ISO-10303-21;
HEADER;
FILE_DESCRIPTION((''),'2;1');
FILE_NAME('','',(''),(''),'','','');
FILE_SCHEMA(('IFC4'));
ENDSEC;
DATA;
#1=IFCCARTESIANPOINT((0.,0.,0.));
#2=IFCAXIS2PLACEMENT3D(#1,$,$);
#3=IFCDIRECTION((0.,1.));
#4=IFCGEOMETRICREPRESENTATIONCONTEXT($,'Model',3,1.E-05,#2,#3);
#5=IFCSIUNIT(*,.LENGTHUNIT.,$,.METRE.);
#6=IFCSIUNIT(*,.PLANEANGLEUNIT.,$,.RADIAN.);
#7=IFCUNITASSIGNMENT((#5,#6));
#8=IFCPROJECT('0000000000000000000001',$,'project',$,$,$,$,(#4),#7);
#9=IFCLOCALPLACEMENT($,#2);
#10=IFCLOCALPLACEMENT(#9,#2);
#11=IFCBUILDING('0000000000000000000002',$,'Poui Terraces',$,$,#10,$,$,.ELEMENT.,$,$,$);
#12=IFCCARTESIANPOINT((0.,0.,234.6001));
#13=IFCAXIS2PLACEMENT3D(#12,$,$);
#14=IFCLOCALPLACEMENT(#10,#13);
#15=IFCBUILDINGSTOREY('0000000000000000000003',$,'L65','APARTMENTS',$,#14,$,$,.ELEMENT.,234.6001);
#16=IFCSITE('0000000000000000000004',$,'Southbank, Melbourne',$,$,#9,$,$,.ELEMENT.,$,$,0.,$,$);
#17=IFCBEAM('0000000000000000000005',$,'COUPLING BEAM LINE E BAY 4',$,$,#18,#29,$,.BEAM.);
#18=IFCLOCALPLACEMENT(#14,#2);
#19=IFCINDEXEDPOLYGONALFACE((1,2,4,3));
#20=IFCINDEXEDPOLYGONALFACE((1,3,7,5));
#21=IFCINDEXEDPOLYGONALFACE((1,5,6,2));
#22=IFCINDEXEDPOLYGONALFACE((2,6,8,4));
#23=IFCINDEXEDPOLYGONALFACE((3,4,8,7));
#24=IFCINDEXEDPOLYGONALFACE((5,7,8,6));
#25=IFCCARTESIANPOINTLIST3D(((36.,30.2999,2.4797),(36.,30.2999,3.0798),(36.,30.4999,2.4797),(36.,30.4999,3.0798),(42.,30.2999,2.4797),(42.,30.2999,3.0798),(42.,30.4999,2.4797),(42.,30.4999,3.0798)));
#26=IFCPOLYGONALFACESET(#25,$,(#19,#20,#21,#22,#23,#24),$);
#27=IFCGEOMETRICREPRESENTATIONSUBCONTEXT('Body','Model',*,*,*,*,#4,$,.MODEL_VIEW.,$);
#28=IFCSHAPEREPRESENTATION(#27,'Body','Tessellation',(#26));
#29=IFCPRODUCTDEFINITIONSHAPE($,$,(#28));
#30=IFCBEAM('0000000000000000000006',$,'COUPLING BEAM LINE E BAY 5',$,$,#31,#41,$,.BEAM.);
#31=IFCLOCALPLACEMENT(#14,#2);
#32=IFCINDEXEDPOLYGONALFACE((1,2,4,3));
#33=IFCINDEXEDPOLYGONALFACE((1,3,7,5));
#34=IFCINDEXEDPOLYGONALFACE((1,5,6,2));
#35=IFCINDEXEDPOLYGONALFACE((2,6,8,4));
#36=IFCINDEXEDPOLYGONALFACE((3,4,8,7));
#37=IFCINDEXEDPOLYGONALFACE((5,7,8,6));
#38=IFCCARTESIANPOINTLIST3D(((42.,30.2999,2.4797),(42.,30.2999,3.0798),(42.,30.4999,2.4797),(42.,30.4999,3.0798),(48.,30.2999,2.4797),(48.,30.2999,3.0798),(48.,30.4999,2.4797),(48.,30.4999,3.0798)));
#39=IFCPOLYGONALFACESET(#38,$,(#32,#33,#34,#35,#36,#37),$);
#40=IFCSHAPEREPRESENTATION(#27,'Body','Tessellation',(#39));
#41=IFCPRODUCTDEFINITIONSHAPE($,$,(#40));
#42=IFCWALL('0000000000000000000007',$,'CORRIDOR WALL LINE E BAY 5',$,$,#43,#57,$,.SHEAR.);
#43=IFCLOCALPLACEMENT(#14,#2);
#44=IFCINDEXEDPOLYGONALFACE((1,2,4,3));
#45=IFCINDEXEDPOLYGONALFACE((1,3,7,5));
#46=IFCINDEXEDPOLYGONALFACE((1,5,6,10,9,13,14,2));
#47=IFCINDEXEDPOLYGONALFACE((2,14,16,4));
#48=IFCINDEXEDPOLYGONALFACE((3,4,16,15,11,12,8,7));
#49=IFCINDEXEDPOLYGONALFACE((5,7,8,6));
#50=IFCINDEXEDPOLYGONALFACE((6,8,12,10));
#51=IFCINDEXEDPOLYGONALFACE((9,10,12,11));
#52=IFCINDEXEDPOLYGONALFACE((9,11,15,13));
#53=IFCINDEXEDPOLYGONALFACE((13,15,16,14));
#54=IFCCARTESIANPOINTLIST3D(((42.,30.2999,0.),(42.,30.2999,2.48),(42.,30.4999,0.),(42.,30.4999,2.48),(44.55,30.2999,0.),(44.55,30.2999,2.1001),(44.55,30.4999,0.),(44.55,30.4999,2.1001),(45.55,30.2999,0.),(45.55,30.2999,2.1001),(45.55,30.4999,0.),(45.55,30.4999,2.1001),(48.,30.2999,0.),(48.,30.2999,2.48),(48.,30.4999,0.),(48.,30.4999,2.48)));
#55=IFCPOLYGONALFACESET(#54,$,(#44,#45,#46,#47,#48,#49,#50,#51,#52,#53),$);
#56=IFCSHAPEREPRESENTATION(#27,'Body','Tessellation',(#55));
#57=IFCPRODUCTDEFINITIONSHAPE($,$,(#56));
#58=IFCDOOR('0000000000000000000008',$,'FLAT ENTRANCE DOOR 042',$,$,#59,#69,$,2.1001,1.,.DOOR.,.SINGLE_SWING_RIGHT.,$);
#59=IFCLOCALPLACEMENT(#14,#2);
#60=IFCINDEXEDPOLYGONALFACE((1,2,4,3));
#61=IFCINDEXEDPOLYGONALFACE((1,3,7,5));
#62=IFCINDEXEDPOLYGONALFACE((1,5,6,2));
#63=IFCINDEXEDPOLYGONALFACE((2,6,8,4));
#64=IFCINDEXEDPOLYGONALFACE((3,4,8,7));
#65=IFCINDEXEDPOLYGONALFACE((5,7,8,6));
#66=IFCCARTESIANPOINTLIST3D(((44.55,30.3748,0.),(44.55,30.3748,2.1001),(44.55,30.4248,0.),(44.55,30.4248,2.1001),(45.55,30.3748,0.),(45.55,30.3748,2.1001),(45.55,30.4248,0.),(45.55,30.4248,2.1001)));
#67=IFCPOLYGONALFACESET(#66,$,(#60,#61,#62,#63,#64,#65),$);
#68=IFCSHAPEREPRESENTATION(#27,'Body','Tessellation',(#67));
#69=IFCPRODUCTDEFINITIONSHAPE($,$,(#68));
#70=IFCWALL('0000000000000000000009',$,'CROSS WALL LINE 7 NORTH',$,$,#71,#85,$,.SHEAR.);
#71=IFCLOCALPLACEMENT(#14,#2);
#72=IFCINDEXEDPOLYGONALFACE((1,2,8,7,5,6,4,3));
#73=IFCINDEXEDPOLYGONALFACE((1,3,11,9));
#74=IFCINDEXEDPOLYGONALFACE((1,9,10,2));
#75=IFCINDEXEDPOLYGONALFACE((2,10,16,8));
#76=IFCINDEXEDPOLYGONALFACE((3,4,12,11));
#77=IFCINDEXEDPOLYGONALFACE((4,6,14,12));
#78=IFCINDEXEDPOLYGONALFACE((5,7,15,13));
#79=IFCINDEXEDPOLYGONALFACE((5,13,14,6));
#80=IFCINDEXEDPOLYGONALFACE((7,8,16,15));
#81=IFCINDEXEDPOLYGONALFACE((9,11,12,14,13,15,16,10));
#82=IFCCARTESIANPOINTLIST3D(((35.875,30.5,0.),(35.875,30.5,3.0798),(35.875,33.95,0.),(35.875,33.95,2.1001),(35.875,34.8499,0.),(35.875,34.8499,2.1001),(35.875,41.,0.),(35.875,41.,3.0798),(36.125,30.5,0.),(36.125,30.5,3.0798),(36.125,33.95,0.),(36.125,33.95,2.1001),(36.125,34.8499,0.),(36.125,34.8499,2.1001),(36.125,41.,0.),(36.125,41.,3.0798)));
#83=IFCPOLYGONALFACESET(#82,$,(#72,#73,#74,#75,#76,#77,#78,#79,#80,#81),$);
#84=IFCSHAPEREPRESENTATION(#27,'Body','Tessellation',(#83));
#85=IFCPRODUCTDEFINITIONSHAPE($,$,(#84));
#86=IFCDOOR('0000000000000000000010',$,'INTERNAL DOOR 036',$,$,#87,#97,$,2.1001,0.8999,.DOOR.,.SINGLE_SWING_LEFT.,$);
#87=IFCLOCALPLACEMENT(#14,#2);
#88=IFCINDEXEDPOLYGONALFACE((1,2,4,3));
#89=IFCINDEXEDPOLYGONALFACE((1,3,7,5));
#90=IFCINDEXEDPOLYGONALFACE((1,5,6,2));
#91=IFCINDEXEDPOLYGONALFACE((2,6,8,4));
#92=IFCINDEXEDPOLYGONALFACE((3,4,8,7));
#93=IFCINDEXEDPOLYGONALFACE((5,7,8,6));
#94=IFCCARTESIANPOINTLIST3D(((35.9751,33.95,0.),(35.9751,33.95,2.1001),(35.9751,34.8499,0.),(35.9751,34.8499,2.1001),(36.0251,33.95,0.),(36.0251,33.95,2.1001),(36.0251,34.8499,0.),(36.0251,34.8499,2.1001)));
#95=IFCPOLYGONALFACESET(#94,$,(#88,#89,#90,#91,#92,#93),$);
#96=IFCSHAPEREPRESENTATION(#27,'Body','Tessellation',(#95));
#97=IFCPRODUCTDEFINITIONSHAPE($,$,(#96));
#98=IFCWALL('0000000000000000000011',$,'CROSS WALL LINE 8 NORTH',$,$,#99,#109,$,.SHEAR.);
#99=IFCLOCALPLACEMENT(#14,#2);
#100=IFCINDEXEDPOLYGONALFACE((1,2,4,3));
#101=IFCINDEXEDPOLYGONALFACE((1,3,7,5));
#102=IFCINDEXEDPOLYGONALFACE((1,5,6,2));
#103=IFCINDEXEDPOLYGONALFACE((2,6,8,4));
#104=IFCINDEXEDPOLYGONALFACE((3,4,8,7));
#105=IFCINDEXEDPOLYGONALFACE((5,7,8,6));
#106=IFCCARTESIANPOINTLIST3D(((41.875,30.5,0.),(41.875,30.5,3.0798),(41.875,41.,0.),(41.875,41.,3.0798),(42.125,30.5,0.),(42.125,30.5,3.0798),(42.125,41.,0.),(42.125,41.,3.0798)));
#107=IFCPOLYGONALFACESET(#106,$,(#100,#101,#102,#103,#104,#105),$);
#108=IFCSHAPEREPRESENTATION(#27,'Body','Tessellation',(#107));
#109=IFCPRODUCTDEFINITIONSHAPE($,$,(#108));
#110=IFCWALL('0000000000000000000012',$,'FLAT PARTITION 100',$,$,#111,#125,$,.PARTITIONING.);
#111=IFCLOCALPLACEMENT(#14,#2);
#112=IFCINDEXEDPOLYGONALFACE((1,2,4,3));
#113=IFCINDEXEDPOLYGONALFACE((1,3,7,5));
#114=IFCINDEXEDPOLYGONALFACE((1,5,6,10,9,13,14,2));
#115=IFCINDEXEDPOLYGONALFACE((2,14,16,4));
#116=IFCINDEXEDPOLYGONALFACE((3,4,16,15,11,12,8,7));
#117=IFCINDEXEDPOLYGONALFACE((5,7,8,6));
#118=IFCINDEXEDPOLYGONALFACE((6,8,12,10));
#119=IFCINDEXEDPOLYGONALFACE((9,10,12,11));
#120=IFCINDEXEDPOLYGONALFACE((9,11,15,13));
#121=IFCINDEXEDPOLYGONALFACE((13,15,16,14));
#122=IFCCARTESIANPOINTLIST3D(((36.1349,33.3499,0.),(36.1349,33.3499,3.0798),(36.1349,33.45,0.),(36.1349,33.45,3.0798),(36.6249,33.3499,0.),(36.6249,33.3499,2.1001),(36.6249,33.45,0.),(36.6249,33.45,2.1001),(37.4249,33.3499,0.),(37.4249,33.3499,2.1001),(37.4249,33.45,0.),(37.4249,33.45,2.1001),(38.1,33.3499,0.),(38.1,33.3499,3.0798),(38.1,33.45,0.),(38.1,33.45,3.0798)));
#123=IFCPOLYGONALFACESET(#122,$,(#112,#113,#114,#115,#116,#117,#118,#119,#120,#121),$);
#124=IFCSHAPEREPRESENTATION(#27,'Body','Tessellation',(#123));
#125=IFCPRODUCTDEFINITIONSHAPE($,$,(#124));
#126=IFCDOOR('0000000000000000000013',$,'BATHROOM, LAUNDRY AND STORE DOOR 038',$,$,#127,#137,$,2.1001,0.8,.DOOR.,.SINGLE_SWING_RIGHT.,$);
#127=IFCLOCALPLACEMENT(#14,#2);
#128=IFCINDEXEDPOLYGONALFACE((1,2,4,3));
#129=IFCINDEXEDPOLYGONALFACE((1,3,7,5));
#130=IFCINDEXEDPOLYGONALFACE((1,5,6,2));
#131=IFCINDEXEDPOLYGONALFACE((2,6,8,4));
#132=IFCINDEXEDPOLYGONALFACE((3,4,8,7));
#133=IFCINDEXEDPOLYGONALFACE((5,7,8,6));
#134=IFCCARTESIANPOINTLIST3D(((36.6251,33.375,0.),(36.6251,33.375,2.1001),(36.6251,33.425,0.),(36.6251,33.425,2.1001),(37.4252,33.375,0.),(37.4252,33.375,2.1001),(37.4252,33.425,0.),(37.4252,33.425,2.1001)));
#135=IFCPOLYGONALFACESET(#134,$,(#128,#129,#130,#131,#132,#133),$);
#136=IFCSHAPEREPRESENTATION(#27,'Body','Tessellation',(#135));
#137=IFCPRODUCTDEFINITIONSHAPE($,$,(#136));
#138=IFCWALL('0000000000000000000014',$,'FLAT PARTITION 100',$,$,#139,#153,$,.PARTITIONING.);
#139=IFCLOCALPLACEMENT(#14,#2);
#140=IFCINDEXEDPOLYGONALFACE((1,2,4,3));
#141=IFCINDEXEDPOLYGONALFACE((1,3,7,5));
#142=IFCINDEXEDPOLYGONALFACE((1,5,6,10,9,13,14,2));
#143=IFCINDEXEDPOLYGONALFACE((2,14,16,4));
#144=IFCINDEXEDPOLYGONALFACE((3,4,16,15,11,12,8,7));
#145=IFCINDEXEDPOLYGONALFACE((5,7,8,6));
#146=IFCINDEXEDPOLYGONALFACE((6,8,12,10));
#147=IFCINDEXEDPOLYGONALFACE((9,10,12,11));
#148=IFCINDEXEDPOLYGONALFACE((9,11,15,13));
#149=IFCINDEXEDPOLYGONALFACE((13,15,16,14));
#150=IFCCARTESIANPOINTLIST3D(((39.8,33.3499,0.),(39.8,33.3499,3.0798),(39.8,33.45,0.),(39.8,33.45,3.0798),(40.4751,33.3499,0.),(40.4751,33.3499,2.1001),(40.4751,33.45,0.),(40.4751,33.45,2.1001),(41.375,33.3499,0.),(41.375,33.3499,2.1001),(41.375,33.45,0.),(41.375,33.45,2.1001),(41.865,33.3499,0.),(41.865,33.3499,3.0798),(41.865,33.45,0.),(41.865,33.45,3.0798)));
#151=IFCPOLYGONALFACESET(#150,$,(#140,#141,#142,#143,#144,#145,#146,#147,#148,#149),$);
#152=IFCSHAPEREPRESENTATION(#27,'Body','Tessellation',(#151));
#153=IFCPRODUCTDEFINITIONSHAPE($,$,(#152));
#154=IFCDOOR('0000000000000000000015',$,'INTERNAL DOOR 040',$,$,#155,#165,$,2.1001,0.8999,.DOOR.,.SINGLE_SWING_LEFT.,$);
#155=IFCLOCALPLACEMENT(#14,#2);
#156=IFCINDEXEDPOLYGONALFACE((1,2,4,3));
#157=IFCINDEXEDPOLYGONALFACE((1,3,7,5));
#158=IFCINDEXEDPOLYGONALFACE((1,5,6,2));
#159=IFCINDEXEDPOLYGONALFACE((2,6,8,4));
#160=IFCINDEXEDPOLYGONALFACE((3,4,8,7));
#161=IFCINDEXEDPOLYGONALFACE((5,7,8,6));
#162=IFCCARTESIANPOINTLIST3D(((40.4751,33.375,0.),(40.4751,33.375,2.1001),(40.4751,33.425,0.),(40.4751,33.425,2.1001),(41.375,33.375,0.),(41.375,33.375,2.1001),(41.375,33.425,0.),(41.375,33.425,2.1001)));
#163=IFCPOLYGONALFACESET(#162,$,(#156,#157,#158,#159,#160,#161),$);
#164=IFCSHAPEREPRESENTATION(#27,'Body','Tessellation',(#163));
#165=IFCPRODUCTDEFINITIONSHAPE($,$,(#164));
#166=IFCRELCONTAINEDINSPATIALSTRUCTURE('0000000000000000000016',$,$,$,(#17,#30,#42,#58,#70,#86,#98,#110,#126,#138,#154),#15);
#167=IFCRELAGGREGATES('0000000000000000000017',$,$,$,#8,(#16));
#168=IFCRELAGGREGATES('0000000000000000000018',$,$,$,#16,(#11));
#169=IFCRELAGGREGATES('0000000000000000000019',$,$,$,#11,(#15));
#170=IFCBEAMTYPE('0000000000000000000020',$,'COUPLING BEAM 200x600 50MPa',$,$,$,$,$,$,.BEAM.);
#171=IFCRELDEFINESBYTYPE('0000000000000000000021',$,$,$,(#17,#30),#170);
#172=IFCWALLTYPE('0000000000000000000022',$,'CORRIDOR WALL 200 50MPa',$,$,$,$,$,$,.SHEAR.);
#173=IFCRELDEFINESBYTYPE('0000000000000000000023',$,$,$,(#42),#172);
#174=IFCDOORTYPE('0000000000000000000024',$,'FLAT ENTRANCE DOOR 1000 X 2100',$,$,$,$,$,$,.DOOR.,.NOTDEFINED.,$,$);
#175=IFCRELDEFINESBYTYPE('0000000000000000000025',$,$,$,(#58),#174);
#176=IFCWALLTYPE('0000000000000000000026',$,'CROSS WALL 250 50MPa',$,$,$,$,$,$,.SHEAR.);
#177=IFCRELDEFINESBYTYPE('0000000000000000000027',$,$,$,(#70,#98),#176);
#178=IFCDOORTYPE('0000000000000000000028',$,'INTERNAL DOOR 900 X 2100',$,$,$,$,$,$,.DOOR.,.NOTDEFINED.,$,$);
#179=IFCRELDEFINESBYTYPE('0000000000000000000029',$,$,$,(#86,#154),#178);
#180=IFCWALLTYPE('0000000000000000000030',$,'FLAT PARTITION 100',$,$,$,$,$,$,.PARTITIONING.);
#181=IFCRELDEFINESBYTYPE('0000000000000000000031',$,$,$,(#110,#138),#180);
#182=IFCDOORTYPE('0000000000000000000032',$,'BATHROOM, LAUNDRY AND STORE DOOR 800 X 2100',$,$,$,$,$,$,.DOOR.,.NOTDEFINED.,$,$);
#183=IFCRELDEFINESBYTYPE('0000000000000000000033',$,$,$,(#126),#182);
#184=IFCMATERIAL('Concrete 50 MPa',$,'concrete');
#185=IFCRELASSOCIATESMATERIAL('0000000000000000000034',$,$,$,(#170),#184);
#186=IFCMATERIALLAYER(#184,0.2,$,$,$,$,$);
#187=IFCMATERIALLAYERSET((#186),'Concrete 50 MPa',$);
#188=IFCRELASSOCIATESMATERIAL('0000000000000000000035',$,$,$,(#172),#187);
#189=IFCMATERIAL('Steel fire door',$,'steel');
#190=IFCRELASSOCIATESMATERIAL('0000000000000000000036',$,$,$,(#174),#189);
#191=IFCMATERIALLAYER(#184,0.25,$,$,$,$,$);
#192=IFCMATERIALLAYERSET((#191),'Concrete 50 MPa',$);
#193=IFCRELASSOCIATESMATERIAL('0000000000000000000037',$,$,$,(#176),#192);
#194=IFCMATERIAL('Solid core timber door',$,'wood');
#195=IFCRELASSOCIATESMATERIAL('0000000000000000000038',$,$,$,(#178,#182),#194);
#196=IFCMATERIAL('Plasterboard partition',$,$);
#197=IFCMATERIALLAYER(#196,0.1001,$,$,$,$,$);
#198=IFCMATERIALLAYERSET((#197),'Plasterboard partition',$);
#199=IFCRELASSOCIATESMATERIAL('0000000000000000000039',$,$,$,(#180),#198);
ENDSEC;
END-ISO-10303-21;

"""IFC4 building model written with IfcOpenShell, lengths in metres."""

from ifc_helpers import new_model, si_unit, direction, frame, frame_2d, origin, origin_2d, place, context, subcontext, project, spatial, rectangle, extrude, source, transform, mapped, material, layer, layer_set, material_profile, profile_set, type_object, element, fill, save


model = new_model("IFC4")

# Units and contexts
model_context = context("Model", 3, precision=1e-05, world=origin(), true_north=direction((0.0, 1.0)))
body_context = subcontext(model_context, "Body", "Model", "MODEL_VIEW")
ifc_project = project(units=[si_unit("LENGTHUNIT", "METRE"), si_unit("PLANEANGLEUNIT", "RADIAN")], contexts=[model_context])

# Site, building, storey
site_placement = place(None, origin())
site = spatial("IfcSite", under=ifc_project, at=site_placement, Name="Southbank, Melbourne", CompositionType="ELEMENT", RefElevation=0.0)
building_placement = place(site_placement, origin())
building = spatial("IfcBuilding", under=site, at=building_placement, Name="Poui Terraces", CompositionType="ELEMENT")
storey_placement = place(building_placement, frame((0.0, 0.0, 234.6001)))
storey = spatial("IfcBuildingStorey", under=building, at=storey_placement, Name="L65", Description="APARTMENTS", CompositionType="ELEMENT", Elevation=234.6001)

# Beams
ifc_material_1 = material(Name="Concrete 50 MPa", Category="concrete")
ifc_material_profile_1 = material_profile(ifc_material_1, rectangle(XDim=0.2, YDim=0.6001, at=origin_2d()), Name="RC 200x600")
ifc_profile_set_1 = profile_set([ifc_material_profile_1], Name="Concrete 50 MPa")
beam_type = type_object("IfcBeamType", Name="COUPLING BEAM 200x600 50MPa", PredefinedType="BEAM", material=ifc_profile_set_1)
shared_shape_1 = source(origin(), body_context, "Body", "SweptSolid", [
    extrude(rectangle(XDim=0.2, YDim=0.6001, at=origin_2d()), origin(), (0.0, 0.0, 1.0), 6.0),
])
for number, where, z_axis, x_axis, name in (
    (1, (36.0, 30.3999, 2.7798), (1.0, 0.0, 0.0), (0.0, 1.0, 0.0), "COUPLING BEAM LINE E BAY 4"),
    (2, (42.0, 30.3999, 2.7798), (1.0, 0.0, 0.0), (0.0, 1.0, 0.0), "COUPLING BEAM LINE E BAY 5"),
):
    element("IfcBeam", number, at=place(storey_placement, frame(where, z_axis=z_axis, x_axis=x_axis)), inside=storey, type_object=beam_type, Name=name, PredefinedType="BEAM", context=body_context, shape_type="MappedRepresentation", body=[
        mapped(shared_shape_1, transform((0.0, 0.0, 0.0))),
    ])

# Walls, openings, doors
ifc_layer_1 = layer(ifc_material_1, 0.2)
ifc_layer_set_1 = layer_set([ifc_layer_1], Name="Concrete 50 MPa")
wall_type_1 = type_object("IfcWallType", Name="CORRIDOR WALL 200 50MPa", PredefinedType="SHEAR", material=ifc_layer_set_1)
wall_1_placement = place(storey_placement, frame((42.0, 30.3999, 0.0), z_axis=(0.0, 0.0, 1.0), x_axis=(1.0, 0.0, 0.0)))
wall_1 = element("IfcWall", 3, at=wall_1_placement, inside=storey, type_object=wall_type_1, Name="CORRIDOR WALL LINE E BAY 5", PredefinedType="SHEAR", context=body_context, shape_type="SweptSolid", body=[
    extrude(rectangle(XDim=6.0, YDim=0.2, at=frame_2d((3.0, 0.0))), origin(), (0.0, 0.0, 1.0), 2.48),
])
opening_1_placement = place(wall_1_placement, frame((2.55, 0.0, 0.0)))
opening_1 = element("IfcOpeningElement", 4, at=opening_1_placement, cuts=wall_1, PredefinedType="OPENING", context=body_context, shape_type="SweptSolid", body=[
    extrude(rectangle(XDim=1.0, YDim=2.1001, at=frame_2d((0.5, 1.05))), frame((0.0, 0.1099, 0.0), z_axis=(0.0, -1.0, 0.0), x_axis=(1.0, 0.0, 0.0)), (0.0, 0.0, 1.0), 0.22),
])
ifc_material_2 = material(Name="Steel fire door", Category="steel")
door_type_1 = type_object("IfcDoorType", Name="FLAT ENTRANCE DOOR 1000 X 2100", OperationType="NOTDEFINED", PredefinedType="DOOR", material=ifc_material_2)
door_1_placement = place(opening_1_placement, origin())
door_1 = element("IfcDoor", 5, at=door_1_placement, inside=storey, type_object=door_type_1, Name="FLAT ENTRANCE DOOR 042", OperationType="SINGLE_SWING_RIGHT", OverallHeight=2.1001, OverallWidth=1.0, PredefinedType="DOOR", context=body_context, shape_type="SweptSolid", body=[
    extrude(rectangle(XDim=1.0, YDim=2.1001, at=frame_2d((0.5, 1.05))), frame((0.0, 0.0249, 0.0), z_axis=(0.0, -1.0, 0.0), x_axis=(1.0, 0.0, 0.0)), (0.0, 0.0, 1.0), 0.05),
])
fill(opening_1, door_1)
ifc_layer_2 = layer(ifc_material_1, 0.25)
ifc_layer_set_2 = layer_set([ifc_layer_2], Name="Concrete 50 MPa")
wall_type_2 = type_object("IfcWallType", Name="CROSS WALL 250 50MPa", PredefinedType="SHEAR", material=ifc_layer_set_2)
wall_2_placement = place(storey_placement, frame((36.0, 30.5, 0.0), z_axis=(0.0, 0.0, 1.0), x_axis=(0.0, 1.0, 0.0)))
wall_2 = element("IfcWall", 6, at=wall_2_placement, inside=storey, type_object=wall_type_2, Name="CROSS WALL LINE 7 NORTH", PredefinedType="SHEAR", context=body_context, shape_type="SweptSolid", body=[
    extrude(rectangle(XDim=10.5, YDim=0.25, at=frame_2d((5.25, 0.0))), origin(), (0.0, 0.0, 1.0), 3.0798),
])
opening_2_placement = place(wall_2_placement, frame((3.45, 0.0, 0.0)))
opening_2 = element("IfcOpeningElement", 7, at=opening_2_placement, cuts=wall_2, PredefinedType="OPENING", context=body_context, shape_type="SweptSolid", body=[
    extrude(rectangle(XDim=0.8999, YDim=2.1001, at=frame_2d((0.45, 1.05))), frame((0.0, 0.135, 0.0), z_axis=(0.0, -1.0, 0.0), x_axis=(1.0, 0.0, 0.0)), (0.0, 0.0, 1.0), 0.27),
])
ifc_material_3 = material(Name="Solid core timber door", Category="wood")
door_type_2 = type_object("IfcDoorType", Name="INTERNAL DOOR 900 X 2100", OperationType="NOTDEFINED", PredefinedType="DOOR", material=ifc_material_3)
door_2_placement = place(opening_2_placement, origin())
door_2 = element("IfcDoor", 8, at=door_2_placement, inside=storey, type_object=door_type_2, Name="INTERNAL DOOR 036", OperationType="SINGLE_SWING_LEFT", OverallHeight=2.1001, OverallWidth=0.8999, PredefinedType="DOOR", context=body_context, shape_type="SweptSolid", body=[
    extrude(rectangle(XDim=0.8999, YDim=2.1001, at=frame_2d((0.45, 1.05))), frame((0.0, 0.0249, 0.0), z_axis=(0.0, -1.0, 0.0), x_axis=(1.0, 0.0, 0.0)), (0.0, 0.0, 1.0), 0.05),
])
fill(opening_2, door_2)

# Wall
wall_3_placement = place(storey_placement, frame((42.0, 30.5, 0.0), z_axis=(0.0, 0.0, 1.0), x_axis=(0.0, 1.0, 0.0)))
element("IfcWall", 9, at=wall_3_placement, inside=storey, type_object=wall_type_2, Name="CROSS WALL LINE 8 NORTH", PredefinedType="SHEAR", context=body_context, shape_type="SweptSolid", body=[
    extrude(rectangle(XDim=10.5, YDim=0.25, at=frame_2d((5.25, 0.0))), origin(), (0.0, 0.0, 1.0), 3.0798),
])

# Walls, openings, doors
ifc_material_4 = material(Name="Plasterboard partition")
ifc_layer_3 = layer(ifc_material_4, 0.1001)
ifc_layer_set_3 = layer_set([ifc_layer_3], Name="Plasterboard partition")
wall_type_3 = type_object("IfcWallType", Name="FLAT PARTITION 100", PredefinedType="PARTITIONING", material=ifc_layer_set_3)
wall_4_placement = place(storey_placement, frame((36.135, 33.3999, 0.0), z_axis=(0.0, 0.0, 1.0), x_axis=(1.0, 0.0, 0.0)))
wall_4 = element("IfcWall", 10, at=wall_4_placement, inside=storey, type_object=wall_type_3, Name="FLAT PARTITION 100", PredefinedType="PARTITIONING", context=body_context, shape_type="SweptSolid", body=[
    extrude(rectangle(XDim=1.9651, YDim=0.1001, at=frame_2d((0.9824, 0.0))), origin(), (0.0, 0.0, 1.0), 3.0798),
])
opening_3_placement = place(wall_4_placement, frame((0.49, 0.0, 0.0)))
opening_3 = element("IfcOpeningElement", 11, at=opening_3_placement, cuts=wall_4, PredefinedType="OPENING", context=body_context, shape_type="SweptSolid", body=[
    extrude(rectangle(XDim=0.8, YDim=2.1001, at=frame_2d((0.3999, 1.05))), frame((0.0, 0.0601, 0.0), z_axis=(0.0, -1.0, 0.0), x_axis=(1.0, 0.0, 0.0)), (0.0, 0.0, 1.0), 0.1201),
])
door_type_3 = type_object("IfcDoorType", Name="BATHROOM, LAUNDRY AND STORE DOOR 800 X 2100", OperationType="NOTDEFINED", PredefinedType="DOOR", material=ifc_material_3)
door_3_placement = place(opening_3_placement, frame((0.8, 0.0, 0.0), z_axis=(0.0, 0.0, 1.0), x_axis=(-1.0, 0.0, 0.0)))
door_3 = element("IfcDoor", 12, at=door_3_placement, inside=storey, type_object=door_type_3, Name="BATHROOM, LAUNDRY AND STORE DOOR 038", OperationType="SINGLE_SWING_RIGHT", OverallHeight=2.1001, OverallWidth=0.8, PredefinedType="DOOR", context=body_context, shape_type="SweptSolid", body=[
    extrude(rectangle(XDim=0.8, YDim=2.1001, at=frame_2d((0.3999, 1.05))), frame((0.0, 0.0249, 0.0), z_axis=(0.0, -1.0, 0.0), x_axis=(1.0, 0.0, 0.0)), (0.0, 0.0, 1.0), 0.05),
])
fill(opening_3, door_3)
wall_5_placement = place(storey_placement, frame((39.8, 33.3999, 0.0), z_axis=(0.0, 0.0, 1.0), x_axis=(1.0, 0.0, 0.0)))
wall_5 = element("IfcWall", 13, at=wall_5_placement, inside=storey, type_object=wall_type_3, Name="FLAT PARTITION 100", PredefinedType="PARTITIONING", context=body_context, shape_type="SweptSolid", body=[
    extrude(rectangle(XDim=2.0649, YDim=0.1001, at=frame_2d((1.0325, 0.0))), origin(), (0.0, 0.0, 1.0), 3.0798),
])
opening_4_placement = place(wall_5_placement, frame((0.675, 0.0, 0.0)))
opening_4 = element("IfcOpeningElement", 14, at=opening_4_placement, cuts=wall_5, PredefinedType="OPENING", context=body_context, shape_type="SweptSolid", body=[
    extrude(rectangle(XDim=0.8999, YDim=2.1001, at=frame_2d((0.45, 1.05))), frame((0.0, 0.0601, 0.0), z_axis=(0.0, -1.0, 0.0), x_axis=(1.0, 0.0, 0.0)), (0.0, 0.0, 1.0), 0.1201),
])
door_4_placement = place(opening_4_placement, frame((0.8999, 0.0, 0.0), z_axis=(0.0, 0.0, 1.0), x_axis=(-1.0, 0.0, 0.0)))
door_4 = element("IfcDoor", 15, at=door_4_placement, inside=storey, type_object=door_type_2, Name="INTERNAL DOOR 040", OperationType="SINGLE_SWING_LEFT", OverallHeight=2.1001, OverallWidth=0.8999, PredefinedType="DOOR", context=body_context, shape_type="SweptSolid", body=[
    extrude(rectangle(XDim=0.8999, YDim=2.1001, at=frame_2d((0.45, 1.05))), frame((0.0, 0.0249, 0.0), z_axis=(0.0, -1.0, 0.0), x_axis=(1.0, 0.0, 0.0)), (0.0, 0.0, 1.0), 0.05),
])
fill(opening_4, door_4)

save(model, "model.ifc")
